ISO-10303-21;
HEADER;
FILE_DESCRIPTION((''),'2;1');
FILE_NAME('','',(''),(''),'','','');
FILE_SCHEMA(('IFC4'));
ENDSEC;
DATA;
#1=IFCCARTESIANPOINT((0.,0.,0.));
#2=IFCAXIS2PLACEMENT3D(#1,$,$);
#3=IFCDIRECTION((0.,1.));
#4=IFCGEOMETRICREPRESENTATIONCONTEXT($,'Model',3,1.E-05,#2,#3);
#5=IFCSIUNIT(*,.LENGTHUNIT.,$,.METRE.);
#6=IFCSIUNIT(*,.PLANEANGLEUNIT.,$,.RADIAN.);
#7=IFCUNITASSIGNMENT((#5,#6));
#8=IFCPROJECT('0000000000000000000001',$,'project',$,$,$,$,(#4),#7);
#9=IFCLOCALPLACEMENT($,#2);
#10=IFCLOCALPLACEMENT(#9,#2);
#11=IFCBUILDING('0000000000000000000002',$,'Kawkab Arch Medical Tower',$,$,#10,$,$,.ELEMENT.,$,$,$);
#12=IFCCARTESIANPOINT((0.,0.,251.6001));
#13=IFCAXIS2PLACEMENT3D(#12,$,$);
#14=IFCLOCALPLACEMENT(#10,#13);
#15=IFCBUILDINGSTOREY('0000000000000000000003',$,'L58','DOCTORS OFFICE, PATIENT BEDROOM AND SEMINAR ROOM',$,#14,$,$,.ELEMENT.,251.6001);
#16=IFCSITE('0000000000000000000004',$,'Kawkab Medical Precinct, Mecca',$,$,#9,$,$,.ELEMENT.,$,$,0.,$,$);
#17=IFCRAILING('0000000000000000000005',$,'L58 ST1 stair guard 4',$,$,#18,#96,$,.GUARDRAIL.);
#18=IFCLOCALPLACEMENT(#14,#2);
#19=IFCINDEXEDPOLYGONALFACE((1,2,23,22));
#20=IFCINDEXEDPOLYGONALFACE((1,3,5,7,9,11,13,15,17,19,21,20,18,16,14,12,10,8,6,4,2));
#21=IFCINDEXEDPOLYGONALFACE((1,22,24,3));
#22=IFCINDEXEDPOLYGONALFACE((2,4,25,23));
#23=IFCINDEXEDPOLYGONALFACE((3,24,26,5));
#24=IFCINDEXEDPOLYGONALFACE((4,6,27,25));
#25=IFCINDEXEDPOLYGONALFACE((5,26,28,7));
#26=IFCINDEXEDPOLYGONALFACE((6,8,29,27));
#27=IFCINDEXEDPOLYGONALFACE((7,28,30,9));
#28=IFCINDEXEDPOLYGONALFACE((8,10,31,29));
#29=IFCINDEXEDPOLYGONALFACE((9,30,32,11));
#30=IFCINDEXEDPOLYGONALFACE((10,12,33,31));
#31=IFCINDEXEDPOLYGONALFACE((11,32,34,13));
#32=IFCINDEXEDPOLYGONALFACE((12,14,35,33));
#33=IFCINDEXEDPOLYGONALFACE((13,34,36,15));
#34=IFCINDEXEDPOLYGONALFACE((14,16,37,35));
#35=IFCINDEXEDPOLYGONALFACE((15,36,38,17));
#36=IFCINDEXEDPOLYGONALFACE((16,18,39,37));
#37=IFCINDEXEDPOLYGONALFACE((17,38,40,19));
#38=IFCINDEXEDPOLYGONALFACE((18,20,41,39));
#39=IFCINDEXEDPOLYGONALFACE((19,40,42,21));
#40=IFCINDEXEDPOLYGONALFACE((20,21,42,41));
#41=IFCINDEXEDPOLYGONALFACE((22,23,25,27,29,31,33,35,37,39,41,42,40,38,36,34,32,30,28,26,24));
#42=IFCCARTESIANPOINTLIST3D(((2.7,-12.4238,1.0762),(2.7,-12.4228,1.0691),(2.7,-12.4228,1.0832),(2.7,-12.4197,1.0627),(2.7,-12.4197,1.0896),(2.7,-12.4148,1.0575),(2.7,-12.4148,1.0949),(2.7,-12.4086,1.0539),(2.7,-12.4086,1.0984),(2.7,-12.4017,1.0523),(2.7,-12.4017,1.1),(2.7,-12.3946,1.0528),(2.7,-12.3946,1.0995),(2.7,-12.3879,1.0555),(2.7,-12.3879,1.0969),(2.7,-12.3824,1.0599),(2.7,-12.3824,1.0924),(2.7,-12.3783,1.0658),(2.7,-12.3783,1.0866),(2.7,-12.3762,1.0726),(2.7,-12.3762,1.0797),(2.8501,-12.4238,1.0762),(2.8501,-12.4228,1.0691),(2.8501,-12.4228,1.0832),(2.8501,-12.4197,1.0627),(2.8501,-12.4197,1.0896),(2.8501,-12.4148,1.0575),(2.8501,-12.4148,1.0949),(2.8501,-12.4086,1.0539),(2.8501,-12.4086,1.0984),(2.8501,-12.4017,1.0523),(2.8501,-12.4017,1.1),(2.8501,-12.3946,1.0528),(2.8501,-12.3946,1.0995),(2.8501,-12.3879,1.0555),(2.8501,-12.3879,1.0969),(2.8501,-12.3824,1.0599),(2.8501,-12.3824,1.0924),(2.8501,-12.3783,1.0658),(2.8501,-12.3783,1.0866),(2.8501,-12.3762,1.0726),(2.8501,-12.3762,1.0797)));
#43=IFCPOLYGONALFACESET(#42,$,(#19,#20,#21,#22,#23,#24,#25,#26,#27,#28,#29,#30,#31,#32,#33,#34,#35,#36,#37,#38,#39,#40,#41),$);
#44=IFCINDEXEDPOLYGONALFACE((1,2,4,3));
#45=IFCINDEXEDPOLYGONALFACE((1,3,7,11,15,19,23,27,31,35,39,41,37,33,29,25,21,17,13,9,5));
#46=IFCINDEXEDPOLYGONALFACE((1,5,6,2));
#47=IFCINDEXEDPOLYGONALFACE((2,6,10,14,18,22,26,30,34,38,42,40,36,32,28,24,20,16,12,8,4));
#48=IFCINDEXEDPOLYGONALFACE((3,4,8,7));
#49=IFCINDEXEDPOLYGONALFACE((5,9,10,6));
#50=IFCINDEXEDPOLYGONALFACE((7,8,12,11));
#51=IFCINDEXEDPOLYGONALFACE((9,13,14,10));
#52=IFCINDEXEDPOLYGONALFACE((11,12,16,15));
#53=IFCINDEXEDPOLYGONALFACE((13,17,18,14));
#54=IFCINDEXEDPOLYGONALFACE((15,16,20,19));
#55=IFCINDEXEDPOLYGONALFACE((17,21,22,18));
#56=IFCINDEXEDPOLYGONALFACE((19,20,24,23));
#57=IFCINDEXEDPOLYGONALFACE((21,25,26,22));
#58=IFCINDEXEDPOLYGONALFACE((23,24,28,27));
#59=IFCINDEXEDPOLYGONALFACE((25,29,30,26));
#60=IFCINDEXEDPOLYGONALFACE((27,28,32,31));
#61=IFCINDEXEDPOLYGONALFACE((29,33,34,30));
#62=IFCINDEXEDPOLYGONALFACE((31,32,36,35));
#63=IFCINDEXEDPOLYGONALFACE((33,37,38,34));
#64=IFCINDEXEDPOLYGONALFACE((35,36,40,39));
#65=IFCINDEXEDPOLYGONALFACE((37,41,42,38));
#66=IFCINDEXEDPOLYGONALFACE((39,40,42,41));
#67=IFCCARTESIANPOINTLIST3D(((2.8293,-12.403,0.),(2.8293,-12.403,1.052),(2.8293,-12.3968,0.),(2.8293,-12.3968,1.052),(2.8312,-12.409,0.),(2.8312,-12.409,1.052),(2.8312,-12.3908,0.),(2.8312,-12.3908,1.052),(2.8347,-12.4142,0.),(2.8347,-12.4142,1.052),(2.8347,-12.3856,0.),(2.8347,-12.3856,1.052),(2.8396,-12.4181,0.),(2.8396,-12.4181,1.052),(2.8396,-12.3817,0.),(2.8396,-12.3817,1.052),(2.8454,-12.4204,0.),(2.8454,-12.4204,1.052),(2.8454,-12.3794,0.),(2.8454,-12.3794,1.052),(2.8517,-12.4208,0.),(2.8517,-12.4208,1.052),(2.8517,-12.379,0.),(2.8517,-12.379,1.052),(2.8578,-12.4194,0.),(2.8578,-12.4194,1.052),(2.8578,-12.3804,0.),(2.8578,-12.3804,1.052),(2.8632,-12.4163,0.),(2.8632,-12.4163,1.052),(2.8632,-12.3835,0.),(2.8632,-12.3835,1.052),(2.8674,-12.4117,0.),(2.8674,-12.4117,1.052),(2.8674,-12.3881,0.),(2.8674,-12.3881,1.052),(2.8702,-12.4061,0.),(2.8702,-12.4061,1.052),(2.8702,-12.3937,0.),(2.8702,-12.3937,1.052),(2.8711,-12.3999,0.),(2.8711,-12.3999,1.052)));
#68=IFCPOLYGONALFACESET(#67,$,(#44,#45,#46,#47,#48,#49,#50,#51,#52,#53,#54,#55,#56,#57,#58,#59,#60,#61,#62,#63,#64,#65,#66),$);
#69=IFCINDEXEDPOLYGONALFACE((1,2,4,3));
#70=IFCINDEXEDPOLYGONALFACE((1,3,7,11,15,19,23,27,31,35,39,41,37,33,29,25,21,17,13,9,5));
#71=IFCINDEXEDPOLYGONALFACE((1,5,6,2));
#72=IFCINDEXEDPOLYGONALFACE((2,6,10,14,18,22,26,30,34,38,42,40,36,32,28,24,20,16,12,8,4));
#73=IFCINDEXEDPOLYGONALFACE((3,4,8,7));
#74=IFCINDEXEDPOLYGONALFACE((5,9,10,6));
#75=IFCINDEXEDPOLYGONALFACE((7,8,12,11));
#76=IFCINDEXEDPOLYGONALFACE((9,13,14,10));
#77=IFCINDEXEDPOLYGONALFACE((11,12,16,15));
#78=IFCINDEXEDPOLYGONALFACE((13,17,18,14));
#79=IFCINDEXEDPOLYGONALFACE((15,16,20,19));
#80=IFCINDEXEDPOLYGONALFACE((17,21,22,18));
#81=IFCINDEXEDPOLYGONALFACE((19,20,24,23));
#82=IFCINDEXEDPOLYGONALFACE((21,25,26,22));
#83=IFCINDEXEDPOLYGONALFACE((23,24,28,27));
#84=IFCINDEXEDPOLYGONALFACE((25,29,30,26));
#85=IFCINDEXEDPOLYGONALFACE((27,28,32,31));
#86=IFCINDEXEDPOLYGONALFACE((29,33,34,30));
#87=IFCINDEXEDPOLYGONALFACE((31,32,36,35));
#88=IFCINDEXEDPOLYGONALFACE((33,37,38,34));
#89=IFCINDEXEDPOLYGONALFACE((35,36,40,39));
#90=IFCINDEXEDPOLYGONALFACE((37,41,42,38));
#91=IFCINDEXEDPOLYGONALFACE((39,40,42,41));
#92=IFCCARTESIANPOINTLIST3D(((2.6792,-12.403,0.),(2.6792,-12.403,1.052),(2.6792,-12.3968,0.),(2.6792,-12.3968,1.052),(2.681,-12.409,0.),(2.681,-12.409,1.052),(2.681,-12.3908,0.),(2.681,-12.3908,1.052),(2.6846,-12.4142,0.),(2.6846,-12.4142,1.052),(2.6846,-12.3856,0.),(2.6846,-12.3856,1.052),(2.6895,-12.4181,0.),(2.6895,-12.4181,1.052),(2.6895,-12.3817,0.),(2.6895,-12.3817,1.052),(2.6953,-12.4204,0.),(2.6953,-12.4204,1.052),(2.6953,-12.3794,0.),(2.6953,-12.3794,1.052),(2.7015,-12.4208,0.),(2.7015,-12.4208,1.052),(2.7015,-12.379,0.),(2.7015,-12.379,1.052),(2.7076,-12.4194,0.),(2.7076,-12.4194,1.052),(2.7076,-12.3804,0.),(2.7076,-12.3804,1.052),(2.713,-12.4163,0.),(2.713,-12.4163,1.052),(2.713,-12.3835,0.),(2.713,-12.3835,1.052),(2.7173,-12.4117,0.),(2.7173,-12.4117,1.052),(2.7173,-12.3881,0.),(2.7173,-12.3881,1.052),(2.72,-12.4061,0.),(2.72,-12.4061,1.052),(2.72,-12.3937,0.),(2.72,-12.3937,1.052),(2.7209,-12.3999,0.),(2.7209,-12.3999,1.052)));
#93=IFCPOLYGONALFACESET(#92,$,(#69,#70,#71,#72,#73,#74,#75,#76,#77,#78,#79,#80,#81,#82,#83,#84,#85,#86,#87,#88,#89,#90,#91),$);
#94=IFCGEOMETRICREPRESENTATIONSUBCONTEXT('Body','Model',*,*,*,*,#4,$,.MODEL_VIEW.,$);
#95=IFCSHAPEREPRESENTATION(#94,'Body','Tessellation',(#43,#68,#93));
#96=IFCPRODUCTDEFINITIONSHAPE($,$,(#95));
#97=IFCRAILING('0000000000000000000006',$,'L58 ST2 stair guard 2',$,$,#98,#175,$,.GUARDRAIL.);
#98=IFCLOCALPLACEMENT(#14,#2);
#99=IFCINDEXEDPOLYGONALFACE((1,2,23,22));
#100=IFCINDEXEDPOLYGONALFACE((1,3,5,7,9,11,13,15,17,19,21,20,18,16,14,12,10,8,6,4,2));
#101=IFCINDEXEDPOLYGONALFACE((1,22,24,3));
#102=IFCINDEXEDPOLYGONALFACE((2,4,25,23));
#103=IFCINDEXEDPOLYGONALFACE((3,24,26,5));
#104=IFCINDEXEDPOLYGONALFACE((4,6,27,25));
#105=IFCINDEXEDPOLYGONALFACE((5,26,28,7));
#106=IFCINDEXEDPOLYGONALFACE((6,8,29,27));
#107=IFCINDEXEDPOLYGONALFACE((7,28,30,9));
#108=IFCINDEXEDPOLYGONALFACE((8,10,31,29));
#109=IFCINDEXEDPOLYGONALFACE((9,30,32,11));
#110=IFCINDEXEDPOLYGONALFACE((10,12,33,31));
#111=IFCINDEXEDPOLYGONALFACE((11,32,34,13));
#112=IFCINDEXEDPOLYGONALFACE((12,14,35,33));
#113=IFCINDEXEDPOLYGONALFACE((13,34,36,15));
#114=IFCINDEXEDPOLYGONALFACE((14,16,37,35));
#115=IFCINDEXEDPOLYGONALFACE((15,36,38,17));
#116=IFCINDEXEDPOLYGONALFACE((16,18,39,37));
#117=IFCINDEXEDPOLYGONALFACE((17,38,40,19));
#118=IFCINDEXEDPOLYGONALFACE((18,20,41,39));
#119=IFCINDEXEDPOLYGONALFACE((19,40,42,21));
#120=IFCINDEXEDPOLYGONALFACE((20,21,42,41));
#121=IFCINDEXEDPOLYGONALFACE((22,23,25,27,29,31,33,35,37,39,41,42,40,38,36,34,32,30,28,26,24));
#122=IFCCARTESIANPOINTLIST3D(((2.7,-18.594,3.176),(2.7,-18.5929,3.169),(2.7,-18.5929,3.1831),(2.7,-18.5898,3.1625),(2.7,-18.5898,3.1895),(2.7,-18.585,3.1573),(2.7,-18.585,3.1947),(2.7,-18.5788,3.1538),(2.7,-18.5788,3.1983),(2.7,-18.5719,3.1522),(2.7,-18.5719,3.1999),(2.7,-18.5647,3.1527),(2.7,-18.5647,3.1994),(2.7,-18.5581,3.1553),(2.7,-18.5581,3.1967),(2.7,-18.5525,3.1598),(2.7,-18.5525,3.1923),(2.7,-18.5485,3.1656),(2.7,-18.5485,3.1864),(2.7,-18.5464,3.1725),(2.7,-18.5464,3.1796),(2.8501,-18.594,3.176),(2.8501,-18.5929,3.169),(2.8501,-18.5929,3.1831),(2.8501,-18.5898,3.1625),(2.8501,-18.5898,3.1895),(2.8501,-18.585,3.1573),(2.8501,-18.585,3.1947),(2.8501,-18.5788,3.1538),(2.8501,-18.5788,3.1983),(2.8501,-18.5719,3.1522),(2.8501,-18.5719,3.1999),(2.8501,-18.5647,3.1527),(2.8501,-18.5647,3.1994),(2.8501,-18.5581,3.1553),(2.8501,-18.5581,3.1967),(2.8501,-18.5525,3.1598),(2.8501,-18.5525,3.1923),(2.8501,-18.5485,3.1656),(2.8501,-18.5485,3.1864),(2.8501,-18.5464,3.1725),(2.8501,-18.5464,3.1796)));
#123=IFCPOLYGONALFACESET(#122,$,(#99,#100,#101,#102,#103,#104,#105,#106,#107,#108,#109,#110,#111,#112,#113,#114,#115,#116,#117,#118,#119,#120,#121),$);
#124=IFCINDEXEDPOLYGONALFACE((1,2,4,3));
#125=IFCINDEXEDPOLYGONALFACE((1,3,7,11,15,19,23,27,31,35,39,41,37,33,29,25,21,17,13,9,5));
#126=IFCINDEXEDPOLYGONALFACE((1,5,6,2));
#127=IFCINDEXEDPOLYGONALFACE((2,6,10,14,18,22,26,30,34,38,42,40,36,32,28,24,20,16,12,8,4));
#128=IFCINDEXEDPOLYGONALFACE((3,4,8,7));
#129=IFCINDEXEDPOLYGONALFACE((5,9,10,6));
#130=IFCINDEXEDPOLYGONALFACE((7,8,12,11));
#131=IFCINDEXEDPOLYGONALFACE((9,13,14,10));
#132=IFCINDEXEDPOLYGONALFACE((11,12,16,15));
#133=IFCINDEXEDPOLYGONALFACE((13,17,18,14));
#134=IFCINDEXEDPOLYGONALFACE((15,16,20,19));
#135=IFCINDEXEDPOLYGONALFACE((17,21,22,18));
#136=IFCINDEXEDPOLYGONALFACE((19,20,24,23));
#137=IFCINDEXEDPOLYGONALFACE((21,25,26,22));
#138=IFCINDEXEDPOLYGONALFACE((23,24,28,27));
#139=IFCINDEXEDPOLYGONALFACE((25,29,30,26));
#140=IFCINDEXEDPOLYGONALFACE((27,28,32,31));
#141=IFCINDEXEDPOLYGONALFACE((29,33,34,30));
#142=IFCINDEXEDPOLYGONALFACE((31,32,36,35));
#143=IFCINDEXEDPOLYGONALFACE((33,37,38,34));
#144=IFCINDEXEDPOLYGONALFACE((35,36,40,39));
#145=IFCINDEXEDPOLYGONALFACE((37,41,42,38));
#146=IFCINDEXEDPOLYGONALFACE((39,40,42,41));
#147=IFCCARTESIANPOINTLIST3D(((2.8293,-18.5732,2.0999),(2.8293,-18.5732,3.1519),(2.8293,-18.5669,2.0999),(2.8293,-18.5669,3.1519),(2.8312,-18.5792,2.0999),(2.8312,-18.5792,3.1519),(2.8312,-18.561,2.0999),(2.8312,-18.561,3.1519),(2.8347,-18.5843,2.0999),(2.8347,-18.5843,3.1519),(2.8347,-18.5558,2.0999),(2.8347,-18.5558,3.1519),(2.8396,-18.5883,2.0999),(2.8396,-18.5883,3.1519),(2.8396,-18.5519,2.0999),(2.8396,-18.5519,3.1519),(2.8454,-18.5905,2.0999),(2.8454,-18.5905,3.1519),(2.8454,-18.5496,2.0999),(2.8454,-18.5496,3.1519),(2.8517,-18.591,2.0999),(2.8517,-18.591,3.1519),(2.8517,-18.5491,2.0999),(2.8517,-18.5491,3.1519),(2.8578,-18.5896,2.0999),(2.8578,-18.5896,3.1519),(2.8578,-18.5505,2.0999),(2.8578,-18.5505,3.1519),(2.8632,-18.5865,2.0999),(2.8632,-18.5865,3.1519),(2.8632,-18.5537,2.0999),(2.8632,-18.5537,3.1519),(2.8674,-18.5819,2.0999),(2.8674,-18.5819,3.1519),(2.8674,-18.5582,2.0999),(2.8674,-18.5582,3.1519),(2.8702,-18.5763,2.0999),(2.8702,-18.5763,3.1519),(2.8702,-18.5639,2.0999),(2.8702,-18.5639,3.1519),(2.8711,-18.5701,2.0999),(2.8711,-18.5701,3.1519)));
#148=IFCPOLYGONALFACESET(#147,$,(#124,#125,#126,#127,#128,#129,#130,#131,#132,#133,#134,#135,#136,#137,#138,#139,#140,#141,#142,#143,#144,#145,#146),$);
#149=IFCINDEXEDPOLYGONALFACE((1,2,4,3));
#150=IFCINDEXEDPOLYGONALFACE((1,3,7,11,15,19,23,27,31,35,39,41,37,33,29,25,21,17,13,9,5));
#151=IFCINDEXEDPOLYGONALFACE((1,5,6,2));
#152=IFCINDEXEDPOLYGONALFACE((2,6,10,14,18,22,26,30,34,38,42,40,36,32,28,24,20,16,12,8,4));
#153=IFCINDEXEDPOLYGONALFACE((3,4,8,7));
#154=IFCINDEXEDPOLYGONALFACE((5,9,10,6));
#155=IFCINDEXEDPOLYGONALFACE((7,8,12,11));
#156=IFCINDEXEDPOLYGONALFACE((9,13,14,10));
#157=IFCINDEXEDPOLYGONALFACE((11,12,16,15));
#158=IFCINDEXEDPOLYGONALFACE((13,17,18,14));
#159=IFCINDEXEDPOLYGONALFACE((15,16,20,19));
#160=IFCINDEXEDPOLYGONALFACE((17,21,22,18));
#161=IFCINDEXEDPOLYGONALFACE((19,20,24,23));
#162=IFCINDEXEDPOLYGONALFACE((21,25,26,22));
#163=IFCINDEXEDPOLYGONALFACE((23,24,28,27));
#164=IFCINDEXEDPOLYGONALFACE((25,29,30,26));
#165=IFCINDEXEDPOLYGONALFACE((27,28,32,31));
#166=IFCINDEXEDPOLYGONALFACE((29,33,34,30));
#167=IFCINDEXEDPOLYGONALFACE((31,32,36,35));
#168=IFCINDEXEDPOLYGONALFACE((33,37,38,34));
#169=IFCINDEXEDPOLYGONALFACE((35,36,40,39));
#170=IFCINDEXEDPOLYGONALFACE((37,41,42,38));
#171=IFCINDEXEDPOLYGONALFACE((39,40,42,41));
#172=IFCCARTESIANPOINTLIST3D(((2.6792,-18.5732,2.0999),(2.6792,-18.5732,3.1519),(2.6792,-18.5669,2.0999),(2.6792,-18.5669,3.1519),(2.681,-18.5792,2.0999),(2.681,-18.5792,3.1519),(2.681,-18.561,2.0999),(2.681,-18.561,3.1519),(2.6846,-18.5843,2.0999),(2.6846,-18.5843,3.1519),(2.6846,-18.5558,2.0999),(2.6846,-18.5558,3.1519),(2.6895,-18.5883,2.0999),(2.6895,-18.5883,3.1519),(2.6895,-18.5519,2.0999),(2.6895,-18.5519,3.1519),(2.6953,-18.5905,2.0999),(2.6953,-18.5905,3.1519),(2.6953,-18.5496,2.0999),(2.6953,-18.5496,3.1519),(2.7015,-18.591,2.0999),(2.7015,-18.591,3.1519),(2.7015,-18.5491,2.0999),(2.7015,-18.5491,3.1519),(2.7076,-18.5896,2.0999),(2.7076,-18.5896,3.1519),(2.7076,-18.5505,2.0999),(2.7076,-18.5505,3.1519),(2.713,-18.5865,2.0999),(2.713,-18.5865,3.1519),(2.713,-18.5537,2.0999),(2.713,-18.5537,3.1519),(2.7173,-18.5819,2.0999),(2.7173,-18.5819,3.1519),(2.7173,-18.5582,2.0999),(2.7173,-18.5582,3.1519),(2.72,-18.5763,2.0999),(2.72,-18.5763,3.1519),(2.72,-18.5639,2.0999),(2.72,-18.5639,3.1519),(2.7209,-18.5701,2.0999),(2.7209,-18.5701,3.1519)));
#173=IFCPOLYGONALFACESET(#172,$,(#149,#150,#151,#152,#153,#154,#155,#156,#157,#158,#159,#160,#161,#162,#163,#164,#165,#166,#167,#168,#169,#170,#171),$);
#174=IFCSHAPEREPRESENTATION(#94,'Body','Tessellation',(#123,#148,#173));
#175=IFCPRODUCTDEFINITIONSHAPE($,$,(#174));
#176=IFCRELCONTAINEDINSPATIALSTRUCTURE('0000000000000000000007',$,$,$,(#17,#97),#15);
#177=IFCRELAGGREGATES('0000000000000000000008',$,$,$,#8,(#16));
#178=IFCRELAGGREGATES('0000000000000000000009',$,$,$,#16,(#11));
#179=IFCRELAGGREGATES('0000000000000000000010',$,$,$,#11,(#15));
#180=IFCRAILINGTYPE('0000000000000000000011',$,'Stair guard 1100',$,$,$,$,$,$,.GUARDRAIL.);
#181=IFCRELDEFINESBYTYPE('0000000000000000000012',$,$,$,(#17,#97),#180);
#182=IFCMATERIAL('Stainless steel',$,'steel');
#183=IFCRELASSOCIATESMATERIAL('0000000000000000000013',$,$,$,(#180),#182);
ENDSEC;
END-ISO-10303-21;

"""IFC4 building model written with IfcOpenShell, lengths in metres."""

from ifc_helpers import new_model, si_unit, direction, frame, origin, origin_2d, place, context, subcontext, project, spatial, circle, extrude, material, type_object, element, save


model = new_model("IFC4")

# Units and contexts
model_context = context("Model", 3, precision=1e-05, world=origin(), true_north=direction((0.0, 1.0)))
body_context = subcontext(model_context, "Body", "Model", "MODEL_VIEW")
ifc_project = project(units=[si_unit("LENGTHUNIT", "METRE"), si_unit("PLANEANGLEUNIT", "RADIAN")], contexts=[model_context])

# Site, building, storey
site_placement = place(None, origin())
site = spatial("IfcSite", under=ifc_project, at=site_placement, Name="Kawkab Medical Precinct, Mecca", CompositionType="ELEMENT", RefElevation=0.0)
building_placement = place(site_placement, origin())
building = spatial("IfcBuilding", under=site, at=building_placement, Name="Kawkab Arch Medical Tower", CompositionType="ELEMENT")
storey_placement = place(building_placement, frame((0.0, 0.0, 251.6001)))
storey = spatial("IfcBuildingStorey", under=building, at=storey_placement, Name="L58", Description="DOCTORS OFFICE, PATIENT BEDROOM AND SEMINAR ROOM", CompositionType="ELEMENT", Elevation=251.6001)

# Railings
ifc_material_1 = material(Name="Stainless steel", Category="steel")
railing_type_1 = type_object("IfcRailingType", Name="Stair guard 1100", PredefinedType="GUARDRAIL", material=ifc_material_1)
for number, where, name in (
    (1, (2.8501, -12.3999, 0.0), "L58 ST1 stair guard 4"),
    (2, (2.8501, -18.5701, 2.0999), "L58 ST2 stair guard 2"),
):
    element("IfcRailing", number, at=place(storey_placement, frame(where)), inside=storey, type_object=railing_type_1, Name=name, PredefinedType="GUARDRAIL", context=body_context, shape_type="SweptSolid", body=[
        extrude(circle(Radius=0.0239, at=origin_2d()), frame((0.0, 0.0, 1.0762), z_axis=(-1.0, 0.0, 0.0), x_axis=(0.0, -1.0, 0.0)), (0.0, 0.0, 1.0), 0.1501),
        extrude(circle(Radius=0.021, at=origin_2d()), origin(), (0.0, 0.0, 1.0), 1.052),
        extrude(circle(Radius=0.021, at=origin_2d()), frame((-0.1501, 0.0, 0.0)), (0.0, 0.0, 1.0), 1.052),
    ])

save(model, "model.ifc")
